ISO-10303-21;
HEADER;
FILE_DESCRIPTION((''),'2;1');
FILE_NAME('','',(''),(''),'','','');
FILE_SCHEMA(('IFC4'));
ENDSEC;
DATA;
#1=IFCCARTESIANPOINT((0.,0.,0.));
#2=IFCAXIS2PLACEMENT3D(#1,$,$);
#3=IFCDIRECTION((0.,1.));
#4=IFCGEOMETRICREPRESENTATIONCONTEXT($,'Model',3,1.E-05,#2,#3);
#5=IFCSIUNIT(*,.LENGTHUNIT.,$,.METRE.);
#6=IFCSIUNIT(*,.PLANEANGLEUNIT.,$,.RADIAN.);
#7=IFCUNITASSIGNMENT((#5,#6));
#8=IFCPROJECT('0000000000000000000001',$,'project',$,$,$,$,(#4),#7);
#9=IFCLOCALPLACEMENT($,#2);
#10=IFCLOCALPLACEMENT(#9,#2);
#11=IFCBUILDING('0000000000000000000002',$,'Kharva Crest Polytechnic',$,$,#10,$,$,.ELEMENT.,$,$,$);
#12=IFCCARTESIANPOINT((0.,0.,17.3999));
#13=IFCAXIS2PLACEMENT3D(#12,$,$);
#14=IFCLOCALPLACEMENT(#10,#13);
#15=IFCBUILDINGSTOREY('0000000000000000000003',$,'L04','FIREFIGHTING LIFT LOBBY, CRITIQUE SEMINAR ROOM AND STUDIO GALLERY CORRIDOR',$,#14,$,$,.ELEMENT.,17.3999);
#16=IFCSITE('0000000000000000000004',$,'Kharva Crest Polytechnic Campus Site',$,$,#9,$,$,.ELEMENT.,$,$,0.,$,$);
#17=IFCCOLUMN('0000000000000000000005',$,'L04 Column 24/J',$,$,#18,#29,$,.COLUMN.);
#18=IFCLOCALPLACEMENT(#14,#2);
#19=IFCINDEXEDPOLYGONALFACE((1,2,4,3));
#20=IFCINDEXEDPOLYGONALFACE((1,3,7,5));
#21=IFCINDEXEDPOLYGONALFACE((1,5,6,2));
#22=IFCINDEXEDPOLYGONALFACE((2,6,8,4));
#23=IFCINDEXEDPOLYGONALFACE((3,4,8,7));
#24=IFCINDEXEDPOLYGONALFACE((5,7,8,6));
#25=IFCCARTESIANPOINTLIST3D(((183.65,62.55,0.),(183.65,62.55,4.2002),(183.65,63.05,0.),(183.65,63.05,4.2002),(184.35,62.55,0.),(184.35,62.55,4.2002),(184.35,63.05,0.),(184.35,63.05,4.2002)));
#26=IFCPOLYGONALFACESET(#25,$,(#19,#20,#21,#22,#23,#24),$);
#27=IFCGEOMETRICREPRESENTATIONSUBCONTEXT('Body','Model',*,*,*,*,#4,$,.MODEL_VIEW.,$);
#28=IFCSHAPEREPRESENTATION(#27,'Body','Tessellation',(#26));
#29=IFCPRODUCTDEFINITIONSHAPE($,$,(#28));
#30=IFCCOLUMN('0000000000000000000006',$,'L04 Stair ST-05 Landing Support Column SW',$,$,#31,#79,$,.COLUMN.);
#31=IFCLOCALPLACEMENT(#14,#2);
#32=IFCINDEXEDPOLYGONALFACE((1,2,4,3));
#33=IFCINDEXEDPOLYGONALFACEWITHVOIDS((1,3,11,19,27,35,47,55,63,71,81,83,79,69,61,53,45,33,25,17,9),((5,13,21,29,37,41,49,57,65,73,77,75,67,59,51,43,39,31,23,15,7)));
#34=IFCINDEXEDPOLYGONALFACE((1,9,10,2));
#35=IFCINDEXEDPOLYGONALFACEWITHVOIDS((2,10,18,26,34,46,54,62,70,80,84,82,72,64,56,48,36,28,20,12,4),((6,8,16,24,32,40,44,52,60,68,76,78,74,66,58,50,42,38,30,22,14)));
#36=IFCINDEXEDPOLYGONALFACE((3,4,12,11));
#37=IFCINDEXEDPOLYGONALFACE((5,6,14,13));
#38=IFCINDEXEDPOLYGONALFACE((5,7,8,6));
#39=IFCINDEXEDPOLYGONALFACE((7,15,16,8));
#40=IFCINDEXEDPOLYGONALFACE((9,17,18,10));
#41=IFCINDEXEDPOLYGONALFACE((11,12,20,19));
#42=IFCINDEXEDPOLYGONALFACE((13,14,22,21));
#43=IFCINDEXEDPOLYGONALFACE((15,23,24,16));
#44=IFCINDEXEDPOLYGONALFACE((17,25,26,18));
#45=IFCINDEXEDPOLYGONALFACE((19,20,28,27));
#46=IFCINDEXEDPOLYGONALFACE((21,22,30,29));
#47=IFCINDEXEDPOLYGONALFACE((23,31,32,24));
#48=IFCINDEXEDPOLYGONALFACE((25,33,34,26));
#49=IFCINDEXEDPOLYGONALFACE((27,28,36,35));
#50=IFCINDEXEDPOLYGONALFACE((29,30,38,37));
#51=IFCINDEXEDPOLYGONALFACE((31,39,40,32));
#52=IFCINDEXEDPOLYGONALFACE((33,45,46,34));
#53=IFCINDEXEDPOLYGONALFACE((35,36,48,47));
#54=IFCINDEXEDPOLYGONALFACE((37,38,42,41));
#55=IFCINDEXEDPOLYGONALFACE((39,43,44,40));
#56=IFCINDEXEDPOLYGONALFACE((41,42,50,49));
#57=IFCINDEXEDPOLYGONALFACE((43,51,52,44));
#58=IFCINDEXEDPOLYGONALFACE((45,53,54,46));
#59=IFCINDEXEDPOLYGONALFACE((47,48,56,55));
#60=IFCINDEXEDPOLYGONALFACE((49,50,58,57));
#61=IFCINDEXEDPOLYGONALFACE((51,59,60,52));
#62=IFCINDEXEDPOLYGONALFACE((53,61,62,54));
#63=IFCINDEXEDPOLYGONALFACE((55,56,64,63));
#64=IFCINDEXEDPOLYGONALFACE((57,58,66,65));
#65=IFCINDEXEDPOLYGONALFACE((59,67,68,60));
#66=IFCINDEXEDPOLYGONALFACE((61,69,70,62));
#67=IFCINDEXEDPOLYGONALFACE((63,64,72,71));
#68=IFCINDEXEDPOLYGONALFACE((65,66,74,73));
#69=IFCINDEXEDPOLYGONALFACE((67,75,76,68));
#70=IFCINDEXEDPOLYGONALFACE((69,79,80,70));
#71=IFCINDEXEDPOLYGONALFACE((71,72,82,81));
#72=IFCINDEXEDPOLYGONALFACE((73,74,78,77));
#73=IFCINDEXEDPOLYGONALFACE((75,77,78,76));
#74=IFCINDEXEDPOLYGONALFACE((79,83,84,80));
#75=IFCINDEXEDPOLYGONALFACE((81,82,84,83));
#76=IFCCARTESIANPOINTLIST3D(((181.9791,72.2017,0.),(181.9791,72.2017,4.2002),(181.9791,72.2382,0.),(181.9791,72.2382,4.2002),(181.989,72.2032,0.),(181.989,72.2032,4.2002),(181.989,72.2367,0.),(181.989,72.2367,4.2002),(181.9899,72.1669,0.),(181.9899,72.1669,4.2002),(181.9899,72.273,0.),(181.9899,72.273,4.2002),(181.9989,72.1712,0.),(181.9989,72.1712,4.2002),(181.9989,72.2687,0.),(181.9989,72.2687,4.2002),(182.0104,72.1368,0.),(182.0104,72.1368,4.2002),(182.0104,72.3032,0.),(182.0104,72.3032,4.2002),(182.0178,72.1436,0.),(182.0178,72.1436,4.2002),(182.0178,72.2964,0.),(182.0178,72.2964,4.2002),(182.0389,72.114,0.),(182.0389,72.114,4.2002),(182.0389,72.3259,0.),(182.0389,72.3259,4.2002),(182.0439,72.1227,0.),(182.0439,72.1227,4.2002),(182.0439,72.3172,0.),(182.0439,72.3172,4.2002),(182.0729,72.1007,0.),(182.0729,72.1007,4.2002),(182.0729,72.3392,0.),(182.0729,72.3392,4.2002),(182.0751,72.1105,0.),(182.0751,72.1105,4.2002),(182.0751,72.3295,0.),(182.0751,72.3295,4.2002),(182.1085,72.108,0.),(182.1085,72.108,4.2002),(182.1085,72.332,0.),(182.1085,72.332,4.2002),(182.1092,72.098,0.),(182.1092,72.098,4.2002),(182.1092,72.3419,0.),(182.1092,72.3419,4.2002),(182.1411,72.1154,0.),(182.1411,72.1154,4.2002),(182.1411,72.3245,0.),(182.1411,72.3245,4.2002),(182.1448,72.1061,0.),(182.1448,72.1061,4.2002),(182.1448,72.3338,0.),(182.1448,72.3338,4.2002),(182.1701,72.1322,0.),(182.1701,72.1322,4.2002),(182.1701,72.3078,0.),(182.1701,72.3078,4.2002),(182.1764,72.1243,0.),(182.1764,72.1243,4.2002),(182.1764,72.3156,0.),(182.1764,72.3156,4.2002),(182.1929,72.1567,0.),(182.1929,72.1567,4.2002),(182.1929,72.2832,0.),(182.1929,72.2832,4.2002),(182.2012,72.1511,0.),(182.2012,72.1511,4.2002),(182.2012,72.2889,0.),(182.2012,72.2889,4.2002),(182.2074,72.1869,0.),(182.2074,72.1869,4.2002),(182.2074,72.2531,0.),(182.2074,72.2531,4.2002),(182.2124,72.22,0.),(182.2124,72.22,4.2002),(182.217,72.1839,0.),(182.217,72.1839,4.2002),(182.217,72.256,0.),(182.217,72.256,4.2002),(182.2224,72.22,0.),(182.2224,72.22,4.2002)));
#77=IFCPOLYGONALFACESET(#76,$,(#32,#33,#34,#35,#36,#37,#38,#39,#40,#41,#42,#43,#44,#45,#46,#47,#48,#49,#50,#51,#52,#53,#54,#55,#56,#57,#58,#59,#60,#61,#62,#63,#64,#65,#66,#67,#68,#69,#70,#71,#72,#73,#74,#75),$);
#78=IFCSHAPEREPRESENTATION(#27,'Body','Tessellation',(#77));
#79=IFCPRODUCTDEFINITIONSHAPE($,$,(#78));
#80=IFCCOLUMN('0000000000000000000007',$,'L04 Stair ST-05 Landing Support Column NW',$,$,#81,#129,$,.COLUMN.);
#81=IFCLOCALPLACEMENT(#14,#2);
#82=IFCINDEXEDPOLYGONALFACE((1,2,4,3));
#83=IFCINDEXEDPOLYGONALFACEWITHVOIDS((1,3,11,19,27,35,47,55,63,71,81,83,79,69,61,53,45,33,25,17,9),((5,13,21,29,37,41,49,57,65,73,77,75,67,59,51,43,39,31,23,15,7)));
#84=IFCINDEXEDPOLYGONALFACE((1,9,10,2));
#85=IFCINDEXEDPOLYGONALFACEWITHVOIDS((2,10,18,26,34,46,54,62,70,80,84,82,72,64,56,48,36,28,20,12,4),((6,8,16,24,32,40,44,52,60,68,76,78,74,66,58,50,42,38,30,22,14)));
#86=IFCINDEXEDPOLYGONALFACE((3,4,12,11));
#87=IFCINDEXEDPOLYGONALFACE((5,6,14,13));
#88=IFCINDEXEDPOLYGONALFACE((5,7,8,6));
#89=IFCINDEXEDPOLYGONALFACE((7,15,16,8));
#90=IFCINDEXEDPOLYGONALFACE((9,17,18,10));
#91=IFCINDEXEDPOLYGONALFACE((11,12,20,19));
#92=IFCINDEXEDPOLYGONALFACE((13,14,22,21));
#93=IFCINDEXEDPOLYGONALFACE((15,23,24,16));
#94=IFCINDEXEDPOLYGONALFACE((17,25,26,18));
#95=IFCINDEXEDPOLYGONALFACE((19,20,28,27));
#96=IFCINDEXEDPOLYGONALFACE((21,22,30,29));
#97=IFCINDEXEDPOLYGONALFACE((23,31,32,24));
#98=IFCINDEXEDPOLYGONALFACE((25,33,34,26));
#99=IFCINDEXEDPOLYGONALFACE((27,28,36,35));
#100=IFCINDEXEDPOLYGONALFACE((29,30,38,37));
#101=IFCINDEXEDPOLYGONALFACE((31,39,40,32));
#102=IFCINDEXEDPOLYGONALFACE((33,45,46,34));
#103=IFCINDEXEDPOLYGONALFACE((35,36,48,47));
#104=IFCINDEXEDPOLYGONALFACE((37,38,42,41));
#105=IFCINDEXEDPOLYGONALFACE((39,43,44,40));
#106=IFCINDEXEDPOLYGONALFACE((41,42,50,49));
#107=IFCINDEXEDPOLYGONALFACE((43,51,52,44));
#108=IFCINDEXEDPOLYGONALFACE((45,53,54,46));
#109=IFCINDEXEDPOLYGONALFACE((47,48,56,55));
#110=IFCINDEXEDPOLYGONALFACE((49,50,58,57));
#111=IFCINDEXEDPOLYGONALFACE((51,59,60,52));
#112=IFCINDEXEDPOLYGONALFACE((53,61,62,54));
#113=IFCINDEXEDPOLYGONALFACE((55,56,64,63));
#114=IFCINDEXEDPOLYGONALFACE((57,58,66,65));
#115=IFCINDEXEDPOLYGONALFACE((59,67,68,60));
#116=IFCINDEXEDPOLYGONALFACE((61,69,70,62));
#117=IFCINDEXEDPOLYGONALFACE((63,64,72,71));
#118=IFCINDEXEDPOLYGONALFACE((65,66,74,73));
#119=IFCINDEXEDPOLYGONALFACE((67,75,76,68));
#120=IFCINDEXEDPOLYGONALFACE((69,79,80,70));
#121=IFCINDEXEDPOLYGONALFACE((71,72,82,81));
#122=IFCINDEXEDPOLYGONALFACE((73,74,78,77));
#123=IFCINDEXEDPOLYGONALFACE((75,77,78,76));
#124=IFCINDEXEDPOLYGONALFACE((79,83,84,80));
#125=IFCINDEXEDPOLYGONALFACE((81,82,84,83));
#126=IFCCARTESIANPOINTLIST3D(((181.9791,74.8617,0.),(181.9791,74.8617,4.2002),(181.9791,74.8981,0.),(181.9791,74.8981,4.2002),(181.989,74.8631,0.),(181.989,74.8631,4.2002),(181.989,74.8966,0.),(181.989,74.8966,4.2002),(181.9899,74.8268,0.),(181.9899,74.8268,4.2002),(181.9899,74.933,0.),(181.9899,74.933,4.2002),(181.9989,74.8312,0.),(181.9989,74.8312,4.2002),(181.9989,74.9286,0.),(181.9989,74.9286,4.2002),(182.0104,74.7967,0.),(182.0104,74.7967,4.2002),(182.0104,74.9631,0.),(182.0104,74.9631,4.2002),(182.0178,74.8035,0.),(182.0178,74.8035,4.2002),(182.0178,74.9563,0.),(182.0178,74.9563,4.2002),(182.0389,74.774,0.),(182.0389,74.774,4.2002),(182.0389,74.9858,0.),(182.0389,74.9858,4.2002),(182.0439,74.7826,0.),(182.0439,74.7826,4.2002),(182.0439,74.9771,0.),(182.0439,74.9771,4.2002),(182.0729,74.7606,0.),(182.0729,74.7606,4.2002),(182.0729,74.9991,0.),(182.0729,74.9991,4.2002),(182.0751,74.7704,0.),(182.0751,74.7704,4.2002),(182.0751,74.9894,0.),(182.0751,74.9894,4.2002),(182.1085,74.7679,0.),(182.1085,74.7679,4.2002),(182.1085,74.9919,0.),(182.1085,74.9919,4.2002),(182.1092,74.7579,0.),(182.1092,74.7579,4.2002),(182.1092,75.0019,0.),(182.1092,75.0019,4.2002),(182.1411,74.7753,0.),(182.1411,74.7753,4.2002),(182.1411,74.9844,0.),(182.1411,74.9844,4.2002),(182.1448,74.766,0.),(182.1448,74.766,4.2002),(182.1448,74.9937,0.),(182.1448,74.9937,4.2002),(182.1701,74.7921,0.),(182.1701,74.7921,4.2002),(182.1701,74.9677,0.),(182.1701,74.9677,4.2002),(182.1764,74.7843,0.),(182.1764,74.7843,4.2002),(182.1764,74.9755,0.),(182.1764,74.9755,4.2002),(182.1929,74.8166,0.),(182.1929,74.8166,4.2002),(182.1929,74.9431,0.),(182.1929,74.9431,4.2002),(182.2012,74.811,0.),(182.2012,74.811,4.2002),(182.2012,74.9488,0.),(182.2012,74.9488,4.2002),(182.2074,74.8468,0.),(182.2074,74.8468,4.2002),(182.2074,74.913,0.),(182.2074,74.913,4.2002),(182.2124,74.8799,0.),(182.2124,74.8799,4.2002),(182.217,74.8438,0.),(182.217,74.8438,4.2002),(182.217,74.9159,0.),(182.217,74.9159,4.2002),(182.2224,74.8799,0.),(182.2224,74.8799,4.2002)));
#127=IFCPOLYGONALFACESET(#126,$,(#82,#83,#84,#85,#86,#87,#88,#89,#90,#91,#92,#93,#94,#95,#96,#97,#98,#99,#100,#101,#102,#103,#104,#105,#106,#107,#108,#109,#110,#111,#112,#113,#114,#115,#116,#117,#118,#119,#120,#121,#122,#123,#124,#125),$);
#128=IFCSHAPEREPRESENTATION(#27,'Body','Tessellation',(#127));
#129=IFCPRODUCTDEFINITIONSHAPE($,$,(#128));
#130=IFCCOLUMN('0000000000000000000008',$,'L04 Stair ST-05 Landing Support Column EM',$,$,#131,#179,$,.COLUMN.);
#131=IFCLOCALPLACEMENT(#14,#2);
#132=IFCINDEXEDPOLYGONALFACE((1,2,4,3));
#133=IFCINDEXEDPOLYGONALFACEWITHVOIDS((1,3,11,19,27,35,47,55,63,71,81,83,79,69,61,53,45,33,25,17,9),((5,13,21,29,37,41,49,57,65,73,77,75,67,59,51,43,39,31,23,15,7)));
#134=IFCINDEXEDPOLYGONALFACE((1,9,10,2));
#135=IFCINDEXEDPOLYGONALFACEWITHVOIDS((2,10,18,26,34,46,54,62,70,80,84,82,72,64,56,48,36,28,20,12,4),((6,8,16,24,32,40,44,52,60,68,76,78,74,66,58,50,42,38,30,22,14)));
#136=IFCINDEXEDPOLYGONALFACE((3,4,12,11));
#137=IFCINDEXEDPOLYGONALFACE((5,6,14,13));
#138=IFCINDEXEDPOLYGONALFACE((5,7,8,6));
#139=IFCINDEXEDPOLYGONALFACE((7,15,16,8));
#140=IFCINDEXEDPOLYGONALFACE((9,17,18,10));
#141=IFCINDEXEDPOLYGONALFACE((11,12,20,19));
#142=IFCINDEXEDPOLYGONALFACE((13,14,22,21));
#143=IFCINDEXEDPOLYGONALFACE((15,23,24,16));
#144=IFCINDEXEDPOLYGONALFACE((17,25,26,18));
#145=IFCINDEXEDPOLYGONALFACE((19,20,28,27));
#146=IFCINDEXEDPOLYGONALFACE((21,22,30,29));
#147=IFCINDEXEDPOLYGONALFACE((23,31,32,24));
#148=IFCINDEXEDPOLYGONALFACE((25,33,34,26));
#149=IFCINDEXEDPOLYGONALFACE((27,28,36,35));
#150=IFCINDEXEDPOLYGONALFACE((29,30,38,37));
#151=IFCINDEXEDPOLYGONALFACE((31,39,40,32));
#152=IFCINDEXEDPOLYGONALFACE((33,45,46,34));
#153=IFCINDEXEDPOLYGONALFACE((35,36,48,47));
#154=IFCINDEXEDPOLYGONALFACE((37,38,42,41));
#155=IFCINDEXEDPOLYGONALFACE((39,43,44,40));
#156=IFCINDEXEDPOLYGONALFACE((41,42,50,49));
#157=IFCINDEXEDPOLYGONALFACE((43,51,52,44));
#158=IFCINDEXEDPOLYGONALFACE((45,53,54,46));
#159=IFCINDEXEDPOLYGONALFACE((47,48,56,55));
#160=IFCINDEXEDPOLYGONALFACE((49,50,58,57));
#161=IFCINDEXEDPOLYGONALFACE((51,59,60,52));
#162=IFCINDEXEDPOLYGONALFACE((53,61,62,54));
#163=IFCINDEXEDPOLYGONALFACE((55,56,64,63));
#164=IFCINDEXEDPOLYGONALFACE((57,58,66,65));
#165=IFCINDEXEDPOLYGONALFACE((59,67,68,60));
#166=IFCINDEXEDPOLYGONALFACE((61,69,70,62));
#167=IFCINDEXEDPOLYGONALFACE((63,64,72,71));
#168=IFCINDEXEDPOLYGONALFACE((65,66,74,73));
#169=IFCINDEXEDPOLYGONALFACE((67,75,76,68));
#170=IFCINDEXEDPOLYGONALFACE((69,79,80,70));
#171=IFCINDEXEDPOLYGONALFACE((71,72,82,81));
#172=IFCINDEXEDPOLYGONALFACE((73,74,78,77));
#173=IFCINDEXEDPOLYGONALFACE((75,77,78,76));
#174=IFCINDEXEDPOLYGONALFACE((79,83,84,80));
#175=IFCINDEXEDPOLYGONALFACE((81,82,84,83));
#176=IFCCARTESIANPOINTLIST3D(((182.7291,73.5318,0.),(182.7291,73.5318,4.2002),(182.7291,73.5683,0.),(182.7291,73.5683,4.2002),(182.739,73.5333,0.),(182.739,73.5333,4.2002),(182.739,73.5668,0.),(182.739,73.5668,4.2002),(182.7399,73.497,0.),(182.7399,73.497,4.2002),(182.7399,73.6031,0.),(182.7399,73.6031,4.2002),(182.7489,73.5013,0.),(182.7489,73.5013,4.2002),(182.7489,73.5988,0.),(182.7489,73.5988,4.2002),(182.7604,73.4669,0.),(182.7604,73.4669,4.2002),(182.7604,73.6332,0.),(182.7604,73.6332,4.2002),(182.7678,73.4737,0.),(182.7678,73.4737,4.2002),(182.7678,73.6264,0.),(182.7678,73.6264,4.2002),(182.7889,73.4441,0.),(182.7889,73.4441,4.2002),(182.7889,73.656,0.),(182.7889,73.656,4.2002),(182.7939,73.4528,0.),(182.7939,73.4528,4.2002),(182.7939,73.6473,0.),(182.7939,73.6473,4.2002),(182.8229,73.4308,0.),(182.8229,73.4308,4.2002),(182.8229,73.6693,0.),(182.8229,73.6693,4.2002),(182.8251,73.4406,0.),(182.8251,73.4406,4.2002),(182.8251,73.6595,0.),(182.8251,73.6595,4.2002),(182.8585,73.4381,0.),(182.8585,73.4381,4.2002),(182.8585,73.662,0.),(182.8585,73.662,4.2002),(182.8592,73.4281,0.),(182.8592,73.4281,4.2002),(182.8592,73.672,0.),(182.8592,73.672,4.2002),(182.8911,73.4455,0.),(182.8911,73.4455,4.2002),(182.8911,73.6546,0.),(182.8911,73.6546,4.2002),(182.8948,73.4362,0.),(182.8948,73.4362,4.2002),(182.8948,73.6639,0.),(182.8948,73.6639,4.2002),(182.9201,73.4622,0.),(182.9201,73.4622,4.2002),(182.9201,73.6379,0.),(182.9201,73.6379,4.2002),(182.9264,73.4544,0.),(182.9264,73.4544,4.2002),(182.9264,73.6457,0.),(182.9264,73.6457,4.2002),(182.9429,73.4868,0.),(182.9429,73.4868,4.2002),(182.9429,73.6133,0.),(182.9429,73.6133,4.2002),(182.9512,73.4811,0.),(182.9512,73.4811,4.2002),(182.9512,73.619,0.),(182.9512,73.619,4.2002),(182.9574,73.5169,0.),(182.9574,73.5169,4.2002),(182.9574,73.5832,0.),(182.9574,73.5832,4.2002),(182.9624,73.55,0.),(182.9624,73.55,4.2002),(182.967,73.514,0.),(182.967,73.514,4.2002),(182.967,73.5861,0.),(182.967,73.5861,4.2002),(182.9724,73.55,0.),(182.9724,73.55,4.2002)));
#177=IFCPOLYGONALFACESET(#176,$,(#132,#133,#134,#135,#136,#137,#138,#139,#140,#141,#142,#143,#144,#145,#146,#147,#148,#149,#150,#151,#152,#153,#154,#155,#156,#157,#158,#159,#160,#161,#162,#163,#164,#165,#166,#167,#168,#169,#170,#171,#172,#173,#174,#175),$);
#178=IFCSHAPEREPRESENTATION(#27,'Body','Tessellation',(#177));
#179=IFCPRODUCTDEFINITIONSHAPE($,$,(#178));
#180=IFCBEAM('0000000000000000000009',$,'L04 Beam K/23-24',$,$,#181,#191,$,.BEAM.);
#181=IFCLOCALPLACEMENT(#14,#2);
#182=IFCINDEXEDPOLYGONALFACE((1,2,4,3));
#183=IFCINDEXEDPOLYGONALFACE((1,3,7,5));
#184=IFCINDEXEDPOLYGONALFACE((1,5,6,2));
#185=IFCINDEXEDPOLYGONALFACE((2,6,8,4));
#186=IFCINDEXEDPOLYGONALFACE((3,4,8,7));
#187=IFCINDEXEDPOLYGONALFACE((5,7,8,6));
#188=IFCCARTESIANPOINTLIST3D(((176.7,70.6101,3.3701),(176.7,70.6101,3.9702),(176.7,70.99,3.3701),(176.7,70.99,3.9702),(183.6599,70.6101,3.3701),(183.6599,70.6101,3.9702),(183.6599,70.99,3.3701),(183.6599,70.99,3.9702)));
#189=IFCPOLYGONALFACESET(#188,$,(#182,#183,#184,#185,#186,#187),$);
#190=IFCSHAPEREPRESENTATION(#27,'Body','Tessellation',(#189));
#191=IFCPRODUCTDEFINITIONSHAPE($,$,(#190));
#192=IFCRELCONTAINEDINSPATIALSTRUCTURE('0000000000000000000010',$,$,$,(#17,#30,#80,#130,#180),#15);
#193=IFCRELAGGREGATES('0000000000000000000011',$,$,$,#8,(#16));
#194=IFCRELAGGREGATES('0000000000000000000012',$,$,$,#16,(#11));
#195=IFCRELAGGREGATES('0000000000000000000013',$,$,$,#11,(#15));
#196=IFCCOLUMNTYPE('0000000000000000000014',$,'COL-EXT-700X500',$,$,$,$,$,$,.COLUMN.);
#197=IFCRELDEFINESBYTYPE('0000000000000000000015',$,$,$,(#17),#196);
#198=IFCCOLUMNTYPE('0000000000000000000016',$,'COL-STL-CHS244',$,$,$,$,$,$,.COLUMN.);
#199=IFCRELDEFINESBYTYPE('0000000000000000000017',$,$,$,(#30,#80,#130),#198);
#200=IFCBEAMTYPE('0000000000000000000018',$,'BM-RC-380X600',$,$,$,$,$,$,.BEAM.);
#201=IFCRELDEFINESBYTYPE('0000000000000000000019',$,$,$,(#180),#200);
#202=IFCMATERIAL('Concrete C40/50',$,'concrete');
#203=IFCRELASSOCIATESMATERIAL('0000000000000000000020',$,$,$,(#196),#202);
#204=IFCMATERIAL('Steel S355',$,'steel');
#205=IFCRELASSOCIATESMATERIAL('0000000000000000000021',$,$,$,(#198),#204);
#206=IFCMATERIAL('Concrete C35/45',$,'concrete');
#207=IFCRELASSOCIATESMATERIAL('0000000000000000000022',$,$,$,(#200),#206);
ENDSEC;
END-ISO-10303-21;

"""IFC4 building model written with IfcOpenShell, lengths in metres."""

from ifc_helpers import new_model, si_unit, direction, frame, origin, origin_2d, place, context, subcontext, project, spatial, rectangle, hollow_circle, extrude, material, material_profile, profile_set, type_object, element, save


model = new_model("IFC4")

# Units and contexts
model_context = context("Model", 3, precision=1e-05, world=origin(), true_north=direction((0.0, 1.0)))
body_context = subcontext(model_context, "Body", "Model", "MODEL_VIEW")
ifc_project = project(units=[si_unit("LENGTHUNIT", "METRE"), si_unit("PLANEANGLEUNIT", "RADIAN")], contexts=[model_context])

# Site, building, storey
site_placement = place(None, origin())
site = spatial("IfcSite", under=ifc_project, at=site_placement, Name="Kharva Crest Polytechnic Campus Site", CompositionType="ELEMENT", RefElevation=0.0)
building_placement = place(site_placement, origin())
building = spatial("IfcBuilding", under=site, at=building_placement, Name="Kharva Crest Polytechnic", CompositionType="ELEMENT")
storey_placement = place(building_placement, frame((0.0, 0.0, 17.3999)))
storey = spatial("IfcBuildingStorey", under=building, at=storey_placement, Name="L04", Description="FIREFIGHTING LIFT LOBBY, CRITIQUE SEMINAR ROOM AND STUDIO GALLERY CORRIDOR", CompositionType="ELEMENT", Elevation=17.3999)

# Columns
ifc_material_1 = material(Name="Concrete C40/50", Category="concrete")
ifc_material_profile_1 = material_profile(ifc_material_1, rectangle(XDim=0.7, YDim=0.5, at=origin_2d()), Name="RECT 700 X 500")
ifc_profile_set_1 = profile_set([ifc_material_profile_1], Name="Concrete C40/50")
column_type_1 = type_object("IfcColumnType", Name="COL-EXT-700X500", PredefinedType="COLUMN", material=ifc_profile_set_1)
column_placement = place(storey_placement, frame((184.0, 62.8, 0.0), z_axis=(0.0, 0.0, 1.0), x_axis=(1.0, 0.0, 0.0)))
element("IfcColumn", 1, at=column_placement, inside=storey, type_object=column_type_1, Name="L04 Column 24/J", PredefinedType="COLUMN", context=body_context, shape_type="SweptSolid", body=[
    extrude(rectangle(XDim=0.7, YDim=0.5, at=origin_2d()), origin(), (0.0, 0.0, 1.0), 4.2002),
])
ifc_material_2 = material(Name="Steel S355", Category="steel")
ifc_material_profile_2 = material_profile(ifc_material_2, hollow_circle(Radius=0.1223, WallThickness=0.01, at=origin_2d()), Name="CHS 244.5X10.0")
ifc_profile_set_2 = profile_set([ifc_material_profile_2], Name="Steel S355")
column_type_2 = type_object("IfcColumnType", Name="COL-STL-CHS244", PredefinedType="COLUMN", material=ifc_profile_set_2)
for number, where, z_axis, x_axis, name in (
    (2, (182.1001, 72.22, 0.0), (0.0, 0.0, 1.0), (1.0, 0.0, 0.0), "L04 Stair ST-05 Landing Support Column SW"),
    (3, (182.1001, 74.8799, 0.0), (0.0, 0.0, 1.0), (1.0, 0.0, 0.0), "L04 Stair ST-05 Landing Support Column NW"),
    (4, (182.8501, 73.55, 0.0), (0.0, 0.0, 1.0), (1.0, 0.0, 0.0), "L04 Stair ST-05 Landing Support Column EM"),
):
    element("IfcColumn", number, at=place(storey_placement, frame(where, z_axis=z_axis, x_axis=x_axis)), inside=storey, type_object=column_type_2, Name=name, PredefinedType="COLUMN", context=body_context, shape_type="SweptSolid", body=[
        extrude(hollow_circle(Radius=0.1223, WallThickness=0.01, at=origin_2d()), origin(), (0.0, 0.0, 1.0), 4.2002),
    ])

# Beam
ifc_material_3 = material(Name="Concrete C35/45", Category="concrete")
ifc_material_profile_3 = material_profile(ifc_material_3, rectangle(XDim=0.3799, YDim=0.6001, at=origin_2d()), Name="RECT 380 X 600")
ifc_profile_set_3 = profile_set([ifc_material_profile_3], Name="Concrete C35/45")
beam_type_1 = type_object("IfcBeamType", Name="BM-RC-380X600", PredefinedType="BEAM", material=ifc_profile_set_3)
beam_1_placement = place(storey_placement, frame((176.7, 70.8, 3.6702), z_axis=(1.0, 0.0, 0.0), x_axis=(0.0, 1.0, 0.0)))
element("IfcBeam", 5, at=beam_1_placement, inside=storey, type_object=beam_type_1, Name="L04 Beam K/23-24", PredefinedType="BEAM", context=body_context, shape_type="SweptSolid", body=[
    extrude(rectangle(XDim=0.3799, YDim=0.6001, at=origin_2d()), origin(), (0.0, 0.0, 1.0), 6.96),
])

save(model, "model.ifc")
